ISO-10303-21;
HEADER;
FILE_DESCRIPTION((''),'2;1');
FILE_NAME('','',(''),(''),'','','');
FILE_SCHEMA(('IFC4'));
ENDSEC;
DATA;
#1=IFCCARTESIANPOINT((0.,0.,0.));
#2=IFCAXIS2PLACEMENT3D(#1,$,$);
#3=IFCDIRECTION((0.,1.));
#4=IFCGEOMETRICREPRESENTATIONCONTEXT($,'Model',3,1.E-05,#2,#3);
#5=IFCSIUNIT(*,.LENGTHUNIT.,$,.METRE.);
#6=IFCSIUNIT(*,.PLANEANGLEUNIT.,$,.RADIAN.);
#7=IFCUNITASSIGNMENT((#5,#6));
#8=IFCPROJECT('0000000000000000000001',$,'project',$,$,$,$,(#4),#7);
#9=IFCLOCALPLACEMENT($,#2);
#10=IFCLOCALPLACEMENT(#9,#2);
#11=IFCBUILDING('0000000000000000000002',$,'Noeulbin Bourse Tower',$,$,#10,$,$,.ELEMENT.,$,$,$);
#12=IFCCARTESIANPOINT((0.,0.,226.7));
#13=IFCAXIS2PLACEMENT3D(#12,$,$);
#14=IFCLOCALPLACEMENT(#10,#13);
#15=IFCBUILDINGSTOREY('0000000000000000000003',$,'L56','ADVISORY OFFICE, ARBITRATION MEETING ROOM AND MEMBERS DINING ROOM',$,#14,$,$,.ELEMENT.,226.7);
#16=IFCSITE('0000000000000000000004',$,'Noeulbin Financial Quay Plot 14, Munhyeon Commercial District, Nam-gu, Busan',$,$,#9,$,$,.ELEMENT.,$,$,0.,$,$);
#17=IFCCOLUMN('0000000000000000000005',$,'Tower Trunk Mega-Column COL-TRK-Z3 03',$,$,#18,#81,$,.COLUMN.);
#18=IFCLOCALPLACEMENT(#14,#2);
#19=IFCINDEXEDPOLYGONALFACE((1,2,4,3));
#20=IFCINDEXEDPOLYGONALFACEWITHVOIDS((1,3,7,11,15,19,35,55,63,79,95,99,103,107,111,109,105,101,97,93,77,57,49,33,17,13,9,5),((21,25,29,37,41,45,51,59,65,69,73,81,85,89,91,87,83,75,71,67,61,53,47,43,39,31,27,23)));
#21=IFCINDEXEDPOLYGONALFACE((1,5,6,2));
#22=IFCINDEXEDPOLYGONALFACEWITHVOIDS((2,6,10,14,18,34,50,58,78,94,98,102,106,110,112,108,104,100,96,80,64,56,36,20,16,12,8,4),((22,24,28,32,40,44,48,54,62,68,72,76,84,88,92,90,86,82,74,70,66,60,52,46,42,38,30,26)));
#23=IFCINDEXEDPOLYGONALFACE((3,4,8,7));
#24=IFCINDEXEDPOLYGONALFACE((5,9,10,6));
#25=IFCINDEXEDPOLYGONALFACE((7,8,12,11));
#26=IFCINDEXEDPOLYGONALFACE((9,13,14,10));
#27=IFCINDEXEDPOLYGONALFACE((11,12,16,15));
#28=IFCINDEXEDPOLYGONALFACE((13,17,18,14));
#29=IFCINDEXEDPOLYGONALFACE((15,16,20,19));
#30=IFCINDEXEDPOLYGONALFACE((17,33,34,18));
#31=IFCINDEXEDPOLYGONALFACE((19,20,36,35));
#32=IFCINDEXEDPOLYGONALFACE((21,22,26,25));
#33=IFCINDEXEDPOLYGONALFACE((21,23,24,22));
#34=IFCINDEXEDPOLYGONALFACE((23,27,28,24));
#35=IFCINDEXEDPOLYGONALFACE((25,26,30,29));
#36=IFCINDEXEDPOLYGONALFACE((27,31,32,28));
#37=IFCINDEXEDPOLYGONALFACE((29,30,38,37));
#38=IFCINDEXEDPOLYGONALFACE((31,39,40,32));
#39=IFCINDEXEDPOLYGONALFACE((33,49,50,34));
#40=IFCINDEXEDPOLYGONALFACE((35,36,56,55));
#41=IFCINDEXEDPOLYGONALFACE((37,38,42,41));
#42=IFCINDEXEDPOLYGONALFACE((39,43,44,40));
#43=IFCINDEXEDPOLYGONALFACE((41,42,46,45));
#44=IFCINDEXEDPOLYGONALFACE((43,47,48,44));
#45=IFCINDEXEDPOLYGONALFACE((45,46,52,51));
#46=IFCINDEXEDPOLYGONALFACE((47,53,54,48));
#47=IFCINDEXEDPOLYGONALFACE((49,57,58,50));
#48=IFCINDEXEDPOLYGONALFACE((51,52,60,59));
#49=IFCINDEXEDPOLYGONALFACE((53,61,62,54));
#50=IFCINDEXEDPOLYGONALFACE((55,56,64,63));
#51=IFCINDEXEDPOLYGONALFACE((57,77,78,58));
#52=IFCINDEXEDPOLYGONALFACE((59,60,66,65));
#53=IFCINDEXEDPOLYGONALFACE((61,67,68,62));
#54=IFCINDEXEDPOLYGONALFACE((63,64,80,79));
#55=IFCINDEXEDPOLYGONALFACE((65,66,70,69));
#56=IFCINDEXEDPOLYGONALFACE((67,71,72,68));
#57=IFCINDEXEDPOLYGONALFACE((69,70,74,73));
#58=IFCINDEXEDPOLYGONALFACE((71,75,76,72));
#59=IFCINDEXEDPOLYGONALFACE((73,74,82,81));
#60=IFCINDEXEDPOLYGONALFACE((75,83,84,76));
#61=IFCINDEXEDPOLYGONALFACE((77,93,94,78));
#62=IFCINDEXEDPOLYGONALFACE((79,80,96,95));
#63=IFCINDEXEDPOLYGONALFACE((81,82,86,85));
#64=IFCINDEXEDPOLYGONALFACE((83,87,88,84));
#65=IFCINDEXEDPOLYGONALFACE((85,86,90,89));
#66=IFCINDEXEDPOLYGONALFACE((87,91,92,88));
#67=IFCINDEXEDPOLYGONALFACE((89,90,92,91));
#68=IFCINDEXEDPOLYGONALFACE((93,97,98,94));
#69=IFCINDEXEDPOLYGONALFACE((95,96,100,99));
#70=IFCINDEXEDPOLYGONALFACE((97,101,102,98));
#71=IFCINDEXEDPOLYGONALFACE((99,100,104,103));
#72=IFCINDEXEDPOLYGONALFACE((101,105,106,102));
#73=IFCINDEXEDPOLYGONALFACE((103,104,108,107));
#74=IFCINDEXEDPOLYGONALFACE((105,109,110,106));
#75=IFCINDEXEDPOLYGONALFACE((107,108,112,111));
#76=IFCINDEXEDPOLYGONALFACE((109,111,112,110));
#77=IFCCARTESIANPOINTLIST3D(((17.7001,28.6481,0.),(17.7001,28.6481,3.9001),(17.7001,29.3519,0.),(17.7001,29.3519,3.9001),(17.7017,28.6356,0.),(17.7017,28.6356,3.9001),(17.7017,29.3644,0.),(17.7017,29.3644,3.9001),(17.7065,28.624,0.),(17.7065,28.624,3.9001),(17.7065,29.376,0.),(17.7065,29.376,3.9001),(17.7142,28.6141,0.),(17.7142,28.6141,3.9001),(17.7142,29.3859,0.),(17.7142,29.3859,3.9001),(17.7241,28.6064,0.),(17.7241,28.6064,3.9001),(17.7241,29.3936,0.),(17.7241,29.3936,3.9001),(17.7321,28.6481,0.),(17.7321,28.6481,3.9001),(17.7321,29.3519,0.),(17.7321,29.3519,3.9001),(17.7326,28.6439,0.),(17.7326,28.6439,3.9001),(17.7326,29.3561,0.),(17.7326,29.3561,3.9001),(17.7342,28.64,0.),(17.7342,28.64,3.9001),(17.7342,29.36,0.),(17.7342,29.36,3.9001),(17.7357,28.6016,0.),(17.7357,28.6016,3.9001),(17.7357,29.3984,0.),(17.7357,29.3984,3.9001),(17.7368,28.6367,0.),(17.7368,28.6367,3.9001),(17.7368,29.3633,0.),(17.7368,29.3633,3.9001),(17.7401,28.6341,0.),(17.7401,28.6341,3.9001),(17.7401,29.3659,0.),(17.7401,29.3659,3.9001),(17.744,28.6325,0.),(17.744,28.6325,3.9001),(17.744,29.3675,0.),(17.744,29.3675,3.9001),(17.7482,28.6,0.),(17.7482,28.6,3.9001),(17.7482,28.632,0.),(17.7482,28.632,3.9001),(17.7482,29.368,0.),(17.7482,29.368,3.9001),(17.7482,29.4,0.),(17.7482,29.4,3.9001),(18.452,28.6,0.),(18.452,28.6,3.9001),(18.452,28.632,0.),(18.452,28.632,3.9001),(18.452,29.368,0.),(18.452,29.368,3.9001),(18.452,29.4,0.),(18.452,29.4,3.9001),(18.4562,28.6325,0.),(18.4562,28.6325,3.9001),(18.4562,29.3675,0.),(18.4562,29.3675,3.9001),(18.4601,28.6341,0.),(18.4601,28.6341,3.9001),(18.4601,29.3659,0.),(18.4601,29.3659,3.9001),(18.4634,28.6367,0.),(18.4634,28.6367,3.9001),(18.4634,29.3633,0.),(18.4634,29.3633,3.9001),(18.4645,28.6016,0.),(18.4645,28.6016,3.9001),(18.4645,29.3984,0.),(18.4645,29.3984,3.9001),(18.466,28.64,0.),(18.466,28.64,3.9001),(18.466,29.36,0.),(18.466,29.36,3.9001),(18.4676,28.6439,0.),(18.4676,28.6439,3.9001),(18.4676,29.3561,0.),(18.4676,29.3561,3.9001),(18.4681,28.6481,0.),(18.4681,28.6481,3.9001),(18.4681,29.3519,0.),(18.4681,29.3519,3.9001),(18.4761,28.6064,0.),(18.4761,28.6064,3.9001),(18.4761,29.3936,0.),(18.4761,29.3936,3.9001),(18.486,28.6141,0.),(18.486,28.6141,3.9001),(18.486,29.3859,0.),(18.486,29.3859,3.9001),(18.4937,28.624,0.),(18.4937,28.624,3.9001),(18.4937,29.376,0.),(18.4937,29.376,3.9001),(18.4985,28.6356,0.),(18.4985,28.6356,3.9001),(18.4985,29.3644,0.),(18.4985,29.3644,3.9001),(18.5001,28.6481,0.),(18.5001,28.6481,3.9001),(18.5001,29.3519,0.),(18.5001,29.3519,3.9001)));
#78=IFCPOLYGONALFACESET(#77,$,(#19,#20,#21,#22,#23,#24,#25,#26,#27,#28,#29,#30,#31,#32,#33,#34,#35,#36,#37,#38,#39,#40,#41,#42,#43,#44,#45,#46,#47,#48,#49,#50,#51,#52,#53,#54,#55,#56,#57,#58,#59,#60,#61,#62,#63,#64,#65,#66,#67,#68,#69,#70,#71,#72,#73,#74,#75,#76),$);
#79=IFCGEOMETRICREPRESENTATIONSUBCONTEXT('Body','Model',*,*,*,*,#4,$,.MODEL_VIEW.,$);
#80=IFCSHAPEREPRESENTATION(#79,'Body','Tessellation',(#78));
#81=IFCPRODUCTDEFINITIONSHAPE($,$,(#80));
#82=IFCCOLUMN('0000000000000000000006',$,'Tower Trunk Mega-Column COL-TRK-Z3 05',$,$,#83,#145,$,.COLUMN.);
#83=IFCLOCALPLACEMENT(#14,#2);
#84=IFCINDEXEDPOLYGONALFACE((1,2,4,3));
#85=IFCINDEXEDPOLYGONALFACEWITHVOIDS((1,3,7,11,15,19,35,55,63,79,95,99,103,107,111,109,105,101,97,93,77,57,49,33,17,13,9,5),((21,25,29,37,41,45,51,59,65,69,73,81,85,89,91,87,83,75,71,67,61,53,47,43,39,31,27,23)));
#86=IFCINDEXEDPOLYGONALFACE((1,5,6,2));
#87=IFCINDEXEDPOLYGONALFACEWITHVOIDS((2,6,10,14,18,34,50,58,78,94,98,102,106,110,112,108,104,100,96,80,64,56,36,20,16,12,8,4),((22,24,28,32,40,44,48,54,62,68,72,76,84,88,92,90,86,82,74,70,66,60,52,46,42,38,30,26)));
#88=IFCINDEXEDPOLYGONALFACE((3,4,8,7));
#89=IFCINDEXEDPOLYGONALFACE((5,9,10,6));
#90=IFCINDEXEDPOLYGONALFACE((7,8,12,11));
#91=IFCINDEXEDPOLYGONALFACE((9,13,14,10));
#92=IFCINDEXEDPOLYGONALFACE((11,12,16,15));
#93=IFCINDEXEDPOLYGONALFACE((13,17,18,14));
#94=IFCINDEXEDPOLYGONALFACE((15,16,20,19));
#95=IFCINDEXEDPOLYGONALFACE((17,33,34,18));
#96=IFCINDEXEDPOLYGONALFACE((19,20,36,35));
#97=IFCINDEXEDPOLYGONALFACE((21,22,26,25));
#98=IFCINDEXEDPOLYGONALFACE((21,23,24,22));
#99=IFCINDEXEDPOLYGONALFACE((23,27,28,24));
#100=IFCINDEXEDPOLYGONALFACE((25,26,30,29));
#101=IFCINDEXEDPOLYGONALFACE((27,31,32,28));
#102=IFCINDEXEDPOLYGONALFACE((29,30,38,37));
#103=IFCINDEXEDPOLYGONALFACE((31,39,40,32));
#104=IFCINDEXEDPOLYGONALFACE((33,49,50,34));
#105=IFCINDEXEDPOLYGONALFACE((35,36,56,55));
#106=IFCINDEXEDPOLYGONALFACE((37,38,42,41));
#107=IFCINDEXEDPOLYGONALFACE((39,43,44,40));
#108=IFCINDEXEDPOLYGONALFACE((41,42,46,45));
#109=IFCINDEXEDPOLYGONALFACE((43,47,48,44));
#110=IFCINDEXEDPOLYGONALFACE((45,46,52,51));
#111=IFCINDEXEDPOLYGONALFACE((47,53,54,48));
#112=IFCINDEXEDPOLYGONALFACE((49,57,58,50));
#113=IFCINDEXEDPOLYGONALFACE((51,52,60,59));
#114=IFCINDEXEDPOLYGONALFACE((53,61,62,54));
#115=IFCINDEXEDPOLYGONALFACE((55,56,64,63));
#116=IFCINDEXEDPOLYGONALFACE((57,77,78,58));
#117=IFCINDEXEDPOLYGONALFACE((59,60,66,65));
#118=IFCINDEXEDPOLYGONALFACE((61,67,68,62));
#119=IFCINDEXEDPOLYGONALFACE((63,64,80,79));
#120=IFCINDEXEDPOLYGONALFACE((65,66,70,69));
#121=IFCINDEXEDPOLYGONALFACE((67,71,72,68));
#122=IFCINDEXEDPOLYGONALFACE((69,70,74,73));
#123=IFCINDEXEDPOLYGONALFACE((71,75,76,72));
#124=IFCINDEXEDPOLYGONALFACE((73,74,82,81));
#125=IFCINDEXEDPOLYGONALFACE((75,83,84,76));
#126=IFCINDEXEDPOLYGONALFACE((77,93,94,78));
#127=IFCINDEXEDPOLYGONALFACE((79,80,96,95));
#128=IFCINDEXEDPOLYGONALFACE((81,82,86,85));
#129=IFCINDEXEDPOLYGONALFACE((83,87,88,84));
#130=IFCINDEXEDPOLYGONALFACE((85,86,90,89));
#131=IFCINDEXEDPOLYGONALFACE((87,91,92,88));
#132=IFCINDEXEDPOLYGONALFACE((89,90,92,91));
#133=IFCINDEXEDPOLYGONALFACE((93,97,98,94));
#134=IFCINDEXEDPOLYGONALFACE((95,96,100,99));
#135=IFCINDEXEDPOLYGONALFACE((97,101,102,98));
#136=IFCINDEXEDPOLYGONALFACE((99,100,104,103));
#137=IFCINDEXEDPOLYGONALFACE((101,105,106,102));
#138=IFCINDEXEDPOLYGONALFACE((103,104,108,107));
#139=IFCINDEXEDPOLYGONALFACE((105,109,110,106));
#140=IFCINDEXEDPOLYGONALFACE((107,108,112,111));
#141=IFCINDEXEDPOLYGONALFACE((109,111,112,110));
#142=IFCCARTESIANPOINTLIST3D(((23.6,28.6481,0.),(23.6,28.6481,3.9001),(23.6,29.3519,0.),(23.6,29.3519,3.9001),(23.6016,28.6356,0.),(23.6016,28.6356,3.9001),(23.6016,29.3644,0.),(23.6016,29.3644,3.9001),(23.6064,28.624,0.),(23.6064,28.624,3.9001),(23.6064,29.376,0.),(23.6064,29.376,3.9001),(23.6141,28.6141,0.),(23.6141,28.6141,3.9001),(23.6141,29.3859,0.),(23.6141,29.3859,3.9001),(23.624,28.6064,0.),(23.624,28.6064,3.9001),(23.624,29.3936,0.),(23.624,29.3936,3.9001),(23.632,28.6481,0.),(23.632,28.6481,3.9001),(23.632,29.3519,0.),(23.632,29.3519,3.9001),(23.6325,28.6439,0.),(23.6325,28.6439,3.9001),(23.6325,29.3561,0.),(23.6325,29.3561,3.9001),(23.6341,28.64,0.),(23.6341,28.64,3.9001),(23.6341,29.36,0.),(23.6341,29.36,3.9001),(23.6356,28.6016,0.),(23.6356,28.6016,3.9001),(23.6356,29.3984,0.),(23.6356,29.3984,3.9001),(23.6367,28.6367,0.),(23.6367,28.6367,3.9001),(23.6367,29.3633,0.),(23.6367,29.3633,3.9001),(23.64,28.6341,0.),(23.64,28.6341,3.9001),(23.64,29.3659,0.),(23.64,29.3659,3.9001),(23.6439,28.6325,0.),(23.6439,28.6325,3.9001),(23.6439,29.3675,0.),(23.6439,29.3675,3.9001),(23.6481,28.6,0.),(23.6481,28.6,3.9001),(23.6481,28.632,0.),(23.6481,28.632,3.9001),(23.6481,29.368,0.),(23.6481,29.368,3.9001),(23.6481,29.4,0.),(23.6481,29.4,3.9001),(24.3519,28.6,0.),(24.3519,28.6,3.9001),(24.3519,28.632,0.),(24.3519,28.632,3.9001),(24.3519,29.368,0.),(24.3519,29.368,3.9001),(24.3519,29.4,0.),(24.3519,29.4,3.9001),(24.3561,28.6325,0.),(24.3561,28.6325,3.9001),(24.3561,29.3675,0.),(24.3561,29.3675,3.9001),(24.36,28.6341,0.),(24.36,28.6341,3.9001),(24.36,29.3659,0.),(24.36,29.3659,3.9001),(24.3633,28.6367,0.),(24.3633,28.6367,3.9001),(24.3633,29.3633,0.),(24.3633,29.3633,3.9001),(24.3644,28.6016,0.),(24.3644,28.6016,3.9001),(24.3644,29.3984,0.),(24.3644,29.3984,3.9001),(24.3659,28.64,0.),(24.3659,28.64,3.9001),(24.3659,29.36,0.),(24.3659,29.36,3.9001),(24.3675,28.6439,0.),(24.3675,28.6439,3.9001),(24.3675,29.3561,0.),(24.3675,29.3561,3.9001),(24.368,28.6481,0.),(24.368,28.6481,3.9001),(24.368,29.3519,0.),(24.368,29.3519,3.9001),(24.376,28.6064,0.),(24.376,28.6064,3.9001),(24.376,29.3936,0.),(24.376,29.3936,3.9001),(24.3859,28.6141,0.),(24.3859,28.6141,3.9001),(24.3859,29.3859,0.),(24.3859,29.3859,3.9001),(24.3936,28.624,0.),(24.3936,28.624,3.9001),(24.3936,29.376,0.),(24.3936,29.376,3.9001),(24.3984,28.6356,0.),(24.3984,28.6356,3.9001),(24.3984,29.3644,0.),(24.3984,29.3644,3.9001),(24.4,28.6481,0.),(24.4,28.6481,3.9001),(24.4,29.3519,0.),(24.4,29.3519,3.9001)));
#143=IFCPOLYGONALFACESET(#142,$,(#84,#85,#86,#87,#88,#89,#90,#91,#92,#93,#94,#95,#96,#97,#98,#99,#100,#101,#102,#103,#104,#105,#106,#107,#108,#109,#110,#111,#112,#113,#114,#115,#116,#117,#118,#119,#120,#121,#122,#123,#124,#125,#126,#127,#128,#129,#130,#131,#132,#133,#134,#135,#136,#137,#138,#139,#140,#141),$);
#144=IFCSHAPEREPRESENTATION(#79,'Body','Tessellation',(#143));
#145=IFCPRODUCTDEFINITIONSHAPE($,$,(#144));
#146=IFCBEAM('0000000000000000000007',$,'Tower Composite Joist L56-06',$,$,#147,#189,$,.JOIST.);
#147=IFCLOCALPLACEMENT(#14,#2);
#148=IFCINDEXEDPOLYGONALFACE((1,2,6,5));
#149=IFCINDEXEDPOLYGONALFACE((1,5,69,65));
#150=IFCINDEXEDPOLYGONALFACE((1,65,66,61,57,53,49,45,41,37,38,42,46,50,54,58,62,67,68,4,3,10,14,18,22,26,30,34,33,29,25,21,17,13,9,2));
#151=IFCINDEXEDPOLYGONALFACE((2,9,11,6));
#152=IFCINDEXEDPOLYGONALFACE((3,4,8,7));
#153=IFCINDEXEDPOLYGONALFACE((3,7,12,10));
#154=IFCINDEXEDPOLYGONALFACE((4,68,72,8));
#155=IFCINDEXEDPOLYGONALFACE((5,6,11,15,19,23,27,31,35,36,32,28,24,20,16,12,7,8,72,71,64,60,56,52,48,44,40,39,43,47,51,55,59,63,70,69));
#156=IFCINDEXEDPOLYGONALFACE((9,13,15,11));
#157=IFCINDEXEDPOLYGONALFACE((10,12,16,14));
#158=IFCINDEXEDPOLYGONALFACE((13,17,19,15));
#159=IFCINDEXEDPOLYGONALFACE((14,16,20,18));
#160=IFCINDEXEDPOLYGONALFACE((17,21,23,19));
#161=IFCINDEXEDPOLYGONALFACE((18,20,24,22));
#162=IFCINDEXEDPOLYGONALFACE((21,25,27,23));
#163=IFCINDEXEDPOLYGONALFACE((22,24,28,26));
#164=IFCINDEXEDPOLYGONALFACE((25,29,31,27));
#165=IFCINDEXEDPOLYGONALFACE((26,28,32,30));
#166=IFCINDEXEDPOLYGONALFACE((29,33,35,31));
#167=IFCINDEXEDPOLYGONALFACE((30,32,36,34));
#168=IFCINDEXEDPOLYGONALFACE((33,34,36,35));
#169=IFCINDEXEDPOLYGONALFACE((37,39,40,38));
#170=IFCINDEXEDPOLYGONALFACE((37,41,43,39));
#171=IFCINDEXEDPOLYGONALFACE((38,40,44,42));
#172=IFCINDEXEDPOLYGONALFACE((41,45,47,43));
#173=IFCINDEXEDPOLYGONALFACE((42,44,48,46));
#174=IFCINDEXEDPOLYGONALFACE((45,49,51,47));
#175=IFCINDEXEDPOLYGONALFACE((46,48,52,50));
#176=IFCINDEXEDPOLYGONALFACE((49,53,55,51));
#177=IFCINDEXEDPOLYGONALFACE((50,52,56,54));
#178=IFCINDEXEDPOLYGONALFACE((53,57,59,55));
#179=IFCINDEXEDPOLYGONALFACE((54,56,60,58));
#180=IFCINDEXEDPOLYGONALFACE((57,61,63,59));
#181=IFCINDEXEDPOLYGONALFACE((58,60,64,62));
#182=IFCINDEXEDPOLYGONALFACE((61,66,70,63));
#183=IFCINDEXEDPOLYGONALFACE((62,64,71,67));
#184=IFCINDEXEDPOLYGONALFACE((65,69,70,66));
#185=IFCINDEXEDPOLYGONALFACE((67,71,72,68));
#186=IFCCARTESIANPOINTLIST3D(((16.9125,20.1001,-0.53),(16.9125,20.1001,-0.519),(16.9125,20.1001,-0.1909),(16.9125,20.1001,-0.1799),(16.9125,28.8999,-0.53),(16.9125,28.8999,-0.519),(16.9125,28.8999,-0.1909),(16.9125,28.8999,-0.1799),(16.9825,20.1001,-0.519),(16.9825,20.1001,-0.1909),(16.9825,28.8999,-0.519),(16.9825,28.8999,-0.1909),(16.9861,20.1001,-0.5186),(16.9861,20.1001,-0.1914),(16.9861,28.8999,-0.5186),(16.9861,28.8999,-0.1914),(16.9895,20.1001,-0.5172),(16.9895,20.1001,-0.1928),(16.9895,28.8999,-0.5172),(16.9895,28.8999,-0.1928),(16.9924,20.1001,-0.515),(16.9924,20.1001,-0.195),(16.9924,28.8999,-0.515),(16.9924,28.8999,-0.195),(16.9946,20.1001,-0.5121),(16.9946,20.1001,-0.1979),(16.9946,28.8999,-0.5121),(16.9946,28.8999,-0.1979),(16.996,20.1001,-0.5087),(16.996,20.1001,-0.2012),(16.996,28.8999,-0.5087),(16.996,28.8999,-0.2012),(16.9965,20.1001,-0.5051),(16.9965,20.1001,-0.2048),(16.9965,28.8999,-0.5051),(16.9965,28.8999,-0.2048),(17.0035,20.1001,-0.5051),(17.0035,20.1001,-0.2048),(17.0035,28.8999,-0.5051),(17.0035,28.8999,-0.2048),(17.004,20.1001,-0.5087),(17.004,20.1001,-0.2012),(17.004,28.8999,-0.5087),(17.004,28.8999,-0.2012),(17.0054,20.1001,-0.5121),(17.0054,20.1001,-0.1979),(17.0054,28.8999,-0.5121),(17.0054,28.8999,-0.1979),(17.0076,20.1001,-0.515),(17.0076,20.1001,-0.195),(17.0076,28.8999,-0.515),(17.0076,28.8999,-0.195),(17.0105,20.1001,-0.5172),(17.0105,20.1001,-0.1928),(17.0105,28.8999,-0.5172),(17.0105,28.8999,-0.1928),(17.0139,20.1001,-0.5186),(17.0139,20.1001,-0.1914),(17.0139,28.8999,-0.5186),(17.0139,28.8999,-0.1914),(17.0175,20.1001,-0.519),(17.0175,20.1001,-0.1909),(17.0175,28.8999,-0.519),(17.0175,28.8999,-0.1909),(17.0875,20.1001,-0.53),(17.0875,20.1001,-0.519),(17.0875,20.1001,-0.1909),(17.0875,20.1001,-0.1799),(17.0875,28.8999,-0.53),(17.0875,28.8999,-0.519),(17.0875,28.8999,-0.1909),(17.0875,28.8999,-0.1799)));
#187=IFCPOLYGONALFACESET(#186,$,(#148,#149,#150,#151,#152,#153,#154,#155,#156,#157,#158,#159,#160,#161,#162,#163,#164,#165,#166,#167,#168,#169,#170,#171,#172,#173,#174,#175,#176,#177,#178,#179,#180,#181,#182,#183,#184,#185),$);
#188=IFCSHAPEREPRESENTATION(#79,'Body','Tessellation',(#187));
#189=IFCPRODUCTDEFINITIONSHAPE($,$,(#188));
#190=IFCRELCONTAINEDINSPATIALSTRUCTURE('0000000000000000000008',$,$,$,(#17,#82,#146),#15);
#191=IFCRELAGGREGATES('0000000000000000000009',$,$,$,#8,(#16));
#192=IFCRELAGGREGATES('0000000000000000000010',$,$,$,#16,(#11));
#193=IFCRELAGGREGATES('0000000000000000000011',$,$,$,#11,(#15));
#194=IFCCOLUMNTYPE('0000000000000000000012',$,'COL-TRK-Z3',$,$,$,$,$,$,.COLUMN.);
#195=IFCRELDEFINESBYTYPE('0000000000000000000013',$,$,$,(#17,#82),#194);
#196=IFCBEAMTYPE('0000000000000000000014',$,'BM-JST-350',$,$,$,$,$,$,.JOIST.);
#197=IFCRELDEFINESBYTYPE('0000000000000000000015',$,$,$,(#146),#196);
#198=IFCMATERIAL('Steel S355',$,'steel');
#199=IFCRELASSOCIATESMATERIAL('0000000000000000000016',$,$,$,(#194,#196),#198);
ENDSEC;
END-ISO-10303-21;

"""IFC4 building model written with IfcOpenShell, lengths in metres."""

from ifc_helpers import new_model, si_unit, direction, frame, origin, origin_2d, place, context, subcontext, project, spatial, hollow_rectangle, i_section, extrude, material, material_profile, profile_set, type_object, element, save


model = new_model("IFC4")

# Units and contexts
model_context = context("Model", 3, precision=1e-05, world=origin(), true_north=direction((0.0, 1.0)))
body_context = subcontext(model_context, "Body", "Model", "MODEL_VIEW")
ifc_project = project(units=[si_unit("LENGTHUNIT", "METRE"), si_unit("PLANEANGLEUNIT", "RADIAN")], contexts=[model_context])

# Site, building, storey
site_placement = place(None, origin())
site = spatial("IfcSite", under=ifc_project, at=site_placement, Name="Noeulbin Financial Quay Plot 14, Munhyeon Commercial District, Nam-gu, Busan", CompositionType="ELEMENT", RefElevation=0.0)
building_placement = place(site_placement, origin())
building = spatial("IfcBuilding", under=site, at=building_placement, Name="Noeulbin Bourse Tower", CompositionType="ELEMENT")
storey_placement = place(building_placement, frame((0.0, 0.0, 226.7)))
storey = spatial("IfcBuildingStorey", under=building, at=storey_placement, Name="L56", Description="ADVISORY OFFICE, ARBITRATION MEETING ROOM AND MEMBERS DINING ROOM", CompositionType="ELEMENT", Elevation=226.7)

# Columns
ifc_material_1 = material(Name="Steel S355", Category="steel")
ifc_material_profile_1 = material_profile(ifc_material_1, hollow_rectangle(XDim=0.8, YDim=0.8, WallThickness=0.032, InnerFilletRadius=0.0161, OuterFilletRadius=0.0481, at=origin_2d()), Name="BOX-800x800x32", Category="LoadBearing")
ifc_profile_set_1 = profile_set([ifc_material_profile_1], Name="Steel S355")
column_type = type_object("IfcColumnType", Name="COL-TRK-Z3", PredefinedType="COLUMN", material=ifc_profile_set_1)
for number, where, z_axis, x_axis, name in (
    (1, (18.1001, 29.0, 0.0), (0.0, 0.0, 1.0), (1.0, 0.0, 0.0), "Tower Trunk Mega-Column COL-TRK-Z3 03"),
    (2, (24.0, 29.0, 0.0), (0.0, 0.0, 1.0), (1.0, 0.0, 0.0), "Tower Trunk Mega-Column COL-TRK-Z3 05"),
):
    element("IfcColumn", number, at=place(storey_placement, frame(where, z_axis=z_axis, x_axis=x_axis)), inside=storey, type_object=column_type, Name=name, PredefinedType="COLUMN", context=body_context, shape_type="SweptSolid", body=[
        extrude(hollow_rectangle(XDim=0.8, YDim=0.8, WallThickness=0.032, InnerFilletRadius=0.0161, OuterFilletRadius=0.0481, at=origin_2d()), origin(), (0.0, 0.0, 1.0), 3.9001),
    ])

# Beam
ifc_material_profile_2 = material_profile(ifc_material_1, i_section(OverallWidth=0.175, OverallDepth=0.3501, WebThickness=0.0071, FlangeThickness=0.011, FilletRadius=0.0139, at=origin_2d()), Name="H-350x175x7x11", Category="LoadBearing")
ifc_profile_set_2 = profile_set([ifc_material_profile_2], Name="Steel S355")
beam_type = type_object("IfcBeamType", Name="BM-JST-350", PredefinedType="JOIST", material=ifc_profile_set_2)
for number, where, z_axis, x_axis, name in (
    (3, (17.0, 20.1001, -0.355), (0.0, 1.0, 0.0), (-1.0, 0.0, 0.0), "Tower Composite Joist L56-06"),
):
    element("IfcBeam", number, at=place(storey_placement, frame(where, z_axis=z_axis, x_axis=x_axis)), inside=storey, type_object=beam_type, Name=name, PredefinedType="JOIST", context=body_context, shape_type="SweptSolid", body=[
        extrude(i_section(OverallWidth=0.175, OverallDepth=0.3501, WebThickness=0.0071, FlangeThickness=0.011, FilletRadius=0.0139, at=origin_2d()), origin(), (0.0, 0.0, 1.0), 8.7998),
    ])

save(model, "model.ifc")
